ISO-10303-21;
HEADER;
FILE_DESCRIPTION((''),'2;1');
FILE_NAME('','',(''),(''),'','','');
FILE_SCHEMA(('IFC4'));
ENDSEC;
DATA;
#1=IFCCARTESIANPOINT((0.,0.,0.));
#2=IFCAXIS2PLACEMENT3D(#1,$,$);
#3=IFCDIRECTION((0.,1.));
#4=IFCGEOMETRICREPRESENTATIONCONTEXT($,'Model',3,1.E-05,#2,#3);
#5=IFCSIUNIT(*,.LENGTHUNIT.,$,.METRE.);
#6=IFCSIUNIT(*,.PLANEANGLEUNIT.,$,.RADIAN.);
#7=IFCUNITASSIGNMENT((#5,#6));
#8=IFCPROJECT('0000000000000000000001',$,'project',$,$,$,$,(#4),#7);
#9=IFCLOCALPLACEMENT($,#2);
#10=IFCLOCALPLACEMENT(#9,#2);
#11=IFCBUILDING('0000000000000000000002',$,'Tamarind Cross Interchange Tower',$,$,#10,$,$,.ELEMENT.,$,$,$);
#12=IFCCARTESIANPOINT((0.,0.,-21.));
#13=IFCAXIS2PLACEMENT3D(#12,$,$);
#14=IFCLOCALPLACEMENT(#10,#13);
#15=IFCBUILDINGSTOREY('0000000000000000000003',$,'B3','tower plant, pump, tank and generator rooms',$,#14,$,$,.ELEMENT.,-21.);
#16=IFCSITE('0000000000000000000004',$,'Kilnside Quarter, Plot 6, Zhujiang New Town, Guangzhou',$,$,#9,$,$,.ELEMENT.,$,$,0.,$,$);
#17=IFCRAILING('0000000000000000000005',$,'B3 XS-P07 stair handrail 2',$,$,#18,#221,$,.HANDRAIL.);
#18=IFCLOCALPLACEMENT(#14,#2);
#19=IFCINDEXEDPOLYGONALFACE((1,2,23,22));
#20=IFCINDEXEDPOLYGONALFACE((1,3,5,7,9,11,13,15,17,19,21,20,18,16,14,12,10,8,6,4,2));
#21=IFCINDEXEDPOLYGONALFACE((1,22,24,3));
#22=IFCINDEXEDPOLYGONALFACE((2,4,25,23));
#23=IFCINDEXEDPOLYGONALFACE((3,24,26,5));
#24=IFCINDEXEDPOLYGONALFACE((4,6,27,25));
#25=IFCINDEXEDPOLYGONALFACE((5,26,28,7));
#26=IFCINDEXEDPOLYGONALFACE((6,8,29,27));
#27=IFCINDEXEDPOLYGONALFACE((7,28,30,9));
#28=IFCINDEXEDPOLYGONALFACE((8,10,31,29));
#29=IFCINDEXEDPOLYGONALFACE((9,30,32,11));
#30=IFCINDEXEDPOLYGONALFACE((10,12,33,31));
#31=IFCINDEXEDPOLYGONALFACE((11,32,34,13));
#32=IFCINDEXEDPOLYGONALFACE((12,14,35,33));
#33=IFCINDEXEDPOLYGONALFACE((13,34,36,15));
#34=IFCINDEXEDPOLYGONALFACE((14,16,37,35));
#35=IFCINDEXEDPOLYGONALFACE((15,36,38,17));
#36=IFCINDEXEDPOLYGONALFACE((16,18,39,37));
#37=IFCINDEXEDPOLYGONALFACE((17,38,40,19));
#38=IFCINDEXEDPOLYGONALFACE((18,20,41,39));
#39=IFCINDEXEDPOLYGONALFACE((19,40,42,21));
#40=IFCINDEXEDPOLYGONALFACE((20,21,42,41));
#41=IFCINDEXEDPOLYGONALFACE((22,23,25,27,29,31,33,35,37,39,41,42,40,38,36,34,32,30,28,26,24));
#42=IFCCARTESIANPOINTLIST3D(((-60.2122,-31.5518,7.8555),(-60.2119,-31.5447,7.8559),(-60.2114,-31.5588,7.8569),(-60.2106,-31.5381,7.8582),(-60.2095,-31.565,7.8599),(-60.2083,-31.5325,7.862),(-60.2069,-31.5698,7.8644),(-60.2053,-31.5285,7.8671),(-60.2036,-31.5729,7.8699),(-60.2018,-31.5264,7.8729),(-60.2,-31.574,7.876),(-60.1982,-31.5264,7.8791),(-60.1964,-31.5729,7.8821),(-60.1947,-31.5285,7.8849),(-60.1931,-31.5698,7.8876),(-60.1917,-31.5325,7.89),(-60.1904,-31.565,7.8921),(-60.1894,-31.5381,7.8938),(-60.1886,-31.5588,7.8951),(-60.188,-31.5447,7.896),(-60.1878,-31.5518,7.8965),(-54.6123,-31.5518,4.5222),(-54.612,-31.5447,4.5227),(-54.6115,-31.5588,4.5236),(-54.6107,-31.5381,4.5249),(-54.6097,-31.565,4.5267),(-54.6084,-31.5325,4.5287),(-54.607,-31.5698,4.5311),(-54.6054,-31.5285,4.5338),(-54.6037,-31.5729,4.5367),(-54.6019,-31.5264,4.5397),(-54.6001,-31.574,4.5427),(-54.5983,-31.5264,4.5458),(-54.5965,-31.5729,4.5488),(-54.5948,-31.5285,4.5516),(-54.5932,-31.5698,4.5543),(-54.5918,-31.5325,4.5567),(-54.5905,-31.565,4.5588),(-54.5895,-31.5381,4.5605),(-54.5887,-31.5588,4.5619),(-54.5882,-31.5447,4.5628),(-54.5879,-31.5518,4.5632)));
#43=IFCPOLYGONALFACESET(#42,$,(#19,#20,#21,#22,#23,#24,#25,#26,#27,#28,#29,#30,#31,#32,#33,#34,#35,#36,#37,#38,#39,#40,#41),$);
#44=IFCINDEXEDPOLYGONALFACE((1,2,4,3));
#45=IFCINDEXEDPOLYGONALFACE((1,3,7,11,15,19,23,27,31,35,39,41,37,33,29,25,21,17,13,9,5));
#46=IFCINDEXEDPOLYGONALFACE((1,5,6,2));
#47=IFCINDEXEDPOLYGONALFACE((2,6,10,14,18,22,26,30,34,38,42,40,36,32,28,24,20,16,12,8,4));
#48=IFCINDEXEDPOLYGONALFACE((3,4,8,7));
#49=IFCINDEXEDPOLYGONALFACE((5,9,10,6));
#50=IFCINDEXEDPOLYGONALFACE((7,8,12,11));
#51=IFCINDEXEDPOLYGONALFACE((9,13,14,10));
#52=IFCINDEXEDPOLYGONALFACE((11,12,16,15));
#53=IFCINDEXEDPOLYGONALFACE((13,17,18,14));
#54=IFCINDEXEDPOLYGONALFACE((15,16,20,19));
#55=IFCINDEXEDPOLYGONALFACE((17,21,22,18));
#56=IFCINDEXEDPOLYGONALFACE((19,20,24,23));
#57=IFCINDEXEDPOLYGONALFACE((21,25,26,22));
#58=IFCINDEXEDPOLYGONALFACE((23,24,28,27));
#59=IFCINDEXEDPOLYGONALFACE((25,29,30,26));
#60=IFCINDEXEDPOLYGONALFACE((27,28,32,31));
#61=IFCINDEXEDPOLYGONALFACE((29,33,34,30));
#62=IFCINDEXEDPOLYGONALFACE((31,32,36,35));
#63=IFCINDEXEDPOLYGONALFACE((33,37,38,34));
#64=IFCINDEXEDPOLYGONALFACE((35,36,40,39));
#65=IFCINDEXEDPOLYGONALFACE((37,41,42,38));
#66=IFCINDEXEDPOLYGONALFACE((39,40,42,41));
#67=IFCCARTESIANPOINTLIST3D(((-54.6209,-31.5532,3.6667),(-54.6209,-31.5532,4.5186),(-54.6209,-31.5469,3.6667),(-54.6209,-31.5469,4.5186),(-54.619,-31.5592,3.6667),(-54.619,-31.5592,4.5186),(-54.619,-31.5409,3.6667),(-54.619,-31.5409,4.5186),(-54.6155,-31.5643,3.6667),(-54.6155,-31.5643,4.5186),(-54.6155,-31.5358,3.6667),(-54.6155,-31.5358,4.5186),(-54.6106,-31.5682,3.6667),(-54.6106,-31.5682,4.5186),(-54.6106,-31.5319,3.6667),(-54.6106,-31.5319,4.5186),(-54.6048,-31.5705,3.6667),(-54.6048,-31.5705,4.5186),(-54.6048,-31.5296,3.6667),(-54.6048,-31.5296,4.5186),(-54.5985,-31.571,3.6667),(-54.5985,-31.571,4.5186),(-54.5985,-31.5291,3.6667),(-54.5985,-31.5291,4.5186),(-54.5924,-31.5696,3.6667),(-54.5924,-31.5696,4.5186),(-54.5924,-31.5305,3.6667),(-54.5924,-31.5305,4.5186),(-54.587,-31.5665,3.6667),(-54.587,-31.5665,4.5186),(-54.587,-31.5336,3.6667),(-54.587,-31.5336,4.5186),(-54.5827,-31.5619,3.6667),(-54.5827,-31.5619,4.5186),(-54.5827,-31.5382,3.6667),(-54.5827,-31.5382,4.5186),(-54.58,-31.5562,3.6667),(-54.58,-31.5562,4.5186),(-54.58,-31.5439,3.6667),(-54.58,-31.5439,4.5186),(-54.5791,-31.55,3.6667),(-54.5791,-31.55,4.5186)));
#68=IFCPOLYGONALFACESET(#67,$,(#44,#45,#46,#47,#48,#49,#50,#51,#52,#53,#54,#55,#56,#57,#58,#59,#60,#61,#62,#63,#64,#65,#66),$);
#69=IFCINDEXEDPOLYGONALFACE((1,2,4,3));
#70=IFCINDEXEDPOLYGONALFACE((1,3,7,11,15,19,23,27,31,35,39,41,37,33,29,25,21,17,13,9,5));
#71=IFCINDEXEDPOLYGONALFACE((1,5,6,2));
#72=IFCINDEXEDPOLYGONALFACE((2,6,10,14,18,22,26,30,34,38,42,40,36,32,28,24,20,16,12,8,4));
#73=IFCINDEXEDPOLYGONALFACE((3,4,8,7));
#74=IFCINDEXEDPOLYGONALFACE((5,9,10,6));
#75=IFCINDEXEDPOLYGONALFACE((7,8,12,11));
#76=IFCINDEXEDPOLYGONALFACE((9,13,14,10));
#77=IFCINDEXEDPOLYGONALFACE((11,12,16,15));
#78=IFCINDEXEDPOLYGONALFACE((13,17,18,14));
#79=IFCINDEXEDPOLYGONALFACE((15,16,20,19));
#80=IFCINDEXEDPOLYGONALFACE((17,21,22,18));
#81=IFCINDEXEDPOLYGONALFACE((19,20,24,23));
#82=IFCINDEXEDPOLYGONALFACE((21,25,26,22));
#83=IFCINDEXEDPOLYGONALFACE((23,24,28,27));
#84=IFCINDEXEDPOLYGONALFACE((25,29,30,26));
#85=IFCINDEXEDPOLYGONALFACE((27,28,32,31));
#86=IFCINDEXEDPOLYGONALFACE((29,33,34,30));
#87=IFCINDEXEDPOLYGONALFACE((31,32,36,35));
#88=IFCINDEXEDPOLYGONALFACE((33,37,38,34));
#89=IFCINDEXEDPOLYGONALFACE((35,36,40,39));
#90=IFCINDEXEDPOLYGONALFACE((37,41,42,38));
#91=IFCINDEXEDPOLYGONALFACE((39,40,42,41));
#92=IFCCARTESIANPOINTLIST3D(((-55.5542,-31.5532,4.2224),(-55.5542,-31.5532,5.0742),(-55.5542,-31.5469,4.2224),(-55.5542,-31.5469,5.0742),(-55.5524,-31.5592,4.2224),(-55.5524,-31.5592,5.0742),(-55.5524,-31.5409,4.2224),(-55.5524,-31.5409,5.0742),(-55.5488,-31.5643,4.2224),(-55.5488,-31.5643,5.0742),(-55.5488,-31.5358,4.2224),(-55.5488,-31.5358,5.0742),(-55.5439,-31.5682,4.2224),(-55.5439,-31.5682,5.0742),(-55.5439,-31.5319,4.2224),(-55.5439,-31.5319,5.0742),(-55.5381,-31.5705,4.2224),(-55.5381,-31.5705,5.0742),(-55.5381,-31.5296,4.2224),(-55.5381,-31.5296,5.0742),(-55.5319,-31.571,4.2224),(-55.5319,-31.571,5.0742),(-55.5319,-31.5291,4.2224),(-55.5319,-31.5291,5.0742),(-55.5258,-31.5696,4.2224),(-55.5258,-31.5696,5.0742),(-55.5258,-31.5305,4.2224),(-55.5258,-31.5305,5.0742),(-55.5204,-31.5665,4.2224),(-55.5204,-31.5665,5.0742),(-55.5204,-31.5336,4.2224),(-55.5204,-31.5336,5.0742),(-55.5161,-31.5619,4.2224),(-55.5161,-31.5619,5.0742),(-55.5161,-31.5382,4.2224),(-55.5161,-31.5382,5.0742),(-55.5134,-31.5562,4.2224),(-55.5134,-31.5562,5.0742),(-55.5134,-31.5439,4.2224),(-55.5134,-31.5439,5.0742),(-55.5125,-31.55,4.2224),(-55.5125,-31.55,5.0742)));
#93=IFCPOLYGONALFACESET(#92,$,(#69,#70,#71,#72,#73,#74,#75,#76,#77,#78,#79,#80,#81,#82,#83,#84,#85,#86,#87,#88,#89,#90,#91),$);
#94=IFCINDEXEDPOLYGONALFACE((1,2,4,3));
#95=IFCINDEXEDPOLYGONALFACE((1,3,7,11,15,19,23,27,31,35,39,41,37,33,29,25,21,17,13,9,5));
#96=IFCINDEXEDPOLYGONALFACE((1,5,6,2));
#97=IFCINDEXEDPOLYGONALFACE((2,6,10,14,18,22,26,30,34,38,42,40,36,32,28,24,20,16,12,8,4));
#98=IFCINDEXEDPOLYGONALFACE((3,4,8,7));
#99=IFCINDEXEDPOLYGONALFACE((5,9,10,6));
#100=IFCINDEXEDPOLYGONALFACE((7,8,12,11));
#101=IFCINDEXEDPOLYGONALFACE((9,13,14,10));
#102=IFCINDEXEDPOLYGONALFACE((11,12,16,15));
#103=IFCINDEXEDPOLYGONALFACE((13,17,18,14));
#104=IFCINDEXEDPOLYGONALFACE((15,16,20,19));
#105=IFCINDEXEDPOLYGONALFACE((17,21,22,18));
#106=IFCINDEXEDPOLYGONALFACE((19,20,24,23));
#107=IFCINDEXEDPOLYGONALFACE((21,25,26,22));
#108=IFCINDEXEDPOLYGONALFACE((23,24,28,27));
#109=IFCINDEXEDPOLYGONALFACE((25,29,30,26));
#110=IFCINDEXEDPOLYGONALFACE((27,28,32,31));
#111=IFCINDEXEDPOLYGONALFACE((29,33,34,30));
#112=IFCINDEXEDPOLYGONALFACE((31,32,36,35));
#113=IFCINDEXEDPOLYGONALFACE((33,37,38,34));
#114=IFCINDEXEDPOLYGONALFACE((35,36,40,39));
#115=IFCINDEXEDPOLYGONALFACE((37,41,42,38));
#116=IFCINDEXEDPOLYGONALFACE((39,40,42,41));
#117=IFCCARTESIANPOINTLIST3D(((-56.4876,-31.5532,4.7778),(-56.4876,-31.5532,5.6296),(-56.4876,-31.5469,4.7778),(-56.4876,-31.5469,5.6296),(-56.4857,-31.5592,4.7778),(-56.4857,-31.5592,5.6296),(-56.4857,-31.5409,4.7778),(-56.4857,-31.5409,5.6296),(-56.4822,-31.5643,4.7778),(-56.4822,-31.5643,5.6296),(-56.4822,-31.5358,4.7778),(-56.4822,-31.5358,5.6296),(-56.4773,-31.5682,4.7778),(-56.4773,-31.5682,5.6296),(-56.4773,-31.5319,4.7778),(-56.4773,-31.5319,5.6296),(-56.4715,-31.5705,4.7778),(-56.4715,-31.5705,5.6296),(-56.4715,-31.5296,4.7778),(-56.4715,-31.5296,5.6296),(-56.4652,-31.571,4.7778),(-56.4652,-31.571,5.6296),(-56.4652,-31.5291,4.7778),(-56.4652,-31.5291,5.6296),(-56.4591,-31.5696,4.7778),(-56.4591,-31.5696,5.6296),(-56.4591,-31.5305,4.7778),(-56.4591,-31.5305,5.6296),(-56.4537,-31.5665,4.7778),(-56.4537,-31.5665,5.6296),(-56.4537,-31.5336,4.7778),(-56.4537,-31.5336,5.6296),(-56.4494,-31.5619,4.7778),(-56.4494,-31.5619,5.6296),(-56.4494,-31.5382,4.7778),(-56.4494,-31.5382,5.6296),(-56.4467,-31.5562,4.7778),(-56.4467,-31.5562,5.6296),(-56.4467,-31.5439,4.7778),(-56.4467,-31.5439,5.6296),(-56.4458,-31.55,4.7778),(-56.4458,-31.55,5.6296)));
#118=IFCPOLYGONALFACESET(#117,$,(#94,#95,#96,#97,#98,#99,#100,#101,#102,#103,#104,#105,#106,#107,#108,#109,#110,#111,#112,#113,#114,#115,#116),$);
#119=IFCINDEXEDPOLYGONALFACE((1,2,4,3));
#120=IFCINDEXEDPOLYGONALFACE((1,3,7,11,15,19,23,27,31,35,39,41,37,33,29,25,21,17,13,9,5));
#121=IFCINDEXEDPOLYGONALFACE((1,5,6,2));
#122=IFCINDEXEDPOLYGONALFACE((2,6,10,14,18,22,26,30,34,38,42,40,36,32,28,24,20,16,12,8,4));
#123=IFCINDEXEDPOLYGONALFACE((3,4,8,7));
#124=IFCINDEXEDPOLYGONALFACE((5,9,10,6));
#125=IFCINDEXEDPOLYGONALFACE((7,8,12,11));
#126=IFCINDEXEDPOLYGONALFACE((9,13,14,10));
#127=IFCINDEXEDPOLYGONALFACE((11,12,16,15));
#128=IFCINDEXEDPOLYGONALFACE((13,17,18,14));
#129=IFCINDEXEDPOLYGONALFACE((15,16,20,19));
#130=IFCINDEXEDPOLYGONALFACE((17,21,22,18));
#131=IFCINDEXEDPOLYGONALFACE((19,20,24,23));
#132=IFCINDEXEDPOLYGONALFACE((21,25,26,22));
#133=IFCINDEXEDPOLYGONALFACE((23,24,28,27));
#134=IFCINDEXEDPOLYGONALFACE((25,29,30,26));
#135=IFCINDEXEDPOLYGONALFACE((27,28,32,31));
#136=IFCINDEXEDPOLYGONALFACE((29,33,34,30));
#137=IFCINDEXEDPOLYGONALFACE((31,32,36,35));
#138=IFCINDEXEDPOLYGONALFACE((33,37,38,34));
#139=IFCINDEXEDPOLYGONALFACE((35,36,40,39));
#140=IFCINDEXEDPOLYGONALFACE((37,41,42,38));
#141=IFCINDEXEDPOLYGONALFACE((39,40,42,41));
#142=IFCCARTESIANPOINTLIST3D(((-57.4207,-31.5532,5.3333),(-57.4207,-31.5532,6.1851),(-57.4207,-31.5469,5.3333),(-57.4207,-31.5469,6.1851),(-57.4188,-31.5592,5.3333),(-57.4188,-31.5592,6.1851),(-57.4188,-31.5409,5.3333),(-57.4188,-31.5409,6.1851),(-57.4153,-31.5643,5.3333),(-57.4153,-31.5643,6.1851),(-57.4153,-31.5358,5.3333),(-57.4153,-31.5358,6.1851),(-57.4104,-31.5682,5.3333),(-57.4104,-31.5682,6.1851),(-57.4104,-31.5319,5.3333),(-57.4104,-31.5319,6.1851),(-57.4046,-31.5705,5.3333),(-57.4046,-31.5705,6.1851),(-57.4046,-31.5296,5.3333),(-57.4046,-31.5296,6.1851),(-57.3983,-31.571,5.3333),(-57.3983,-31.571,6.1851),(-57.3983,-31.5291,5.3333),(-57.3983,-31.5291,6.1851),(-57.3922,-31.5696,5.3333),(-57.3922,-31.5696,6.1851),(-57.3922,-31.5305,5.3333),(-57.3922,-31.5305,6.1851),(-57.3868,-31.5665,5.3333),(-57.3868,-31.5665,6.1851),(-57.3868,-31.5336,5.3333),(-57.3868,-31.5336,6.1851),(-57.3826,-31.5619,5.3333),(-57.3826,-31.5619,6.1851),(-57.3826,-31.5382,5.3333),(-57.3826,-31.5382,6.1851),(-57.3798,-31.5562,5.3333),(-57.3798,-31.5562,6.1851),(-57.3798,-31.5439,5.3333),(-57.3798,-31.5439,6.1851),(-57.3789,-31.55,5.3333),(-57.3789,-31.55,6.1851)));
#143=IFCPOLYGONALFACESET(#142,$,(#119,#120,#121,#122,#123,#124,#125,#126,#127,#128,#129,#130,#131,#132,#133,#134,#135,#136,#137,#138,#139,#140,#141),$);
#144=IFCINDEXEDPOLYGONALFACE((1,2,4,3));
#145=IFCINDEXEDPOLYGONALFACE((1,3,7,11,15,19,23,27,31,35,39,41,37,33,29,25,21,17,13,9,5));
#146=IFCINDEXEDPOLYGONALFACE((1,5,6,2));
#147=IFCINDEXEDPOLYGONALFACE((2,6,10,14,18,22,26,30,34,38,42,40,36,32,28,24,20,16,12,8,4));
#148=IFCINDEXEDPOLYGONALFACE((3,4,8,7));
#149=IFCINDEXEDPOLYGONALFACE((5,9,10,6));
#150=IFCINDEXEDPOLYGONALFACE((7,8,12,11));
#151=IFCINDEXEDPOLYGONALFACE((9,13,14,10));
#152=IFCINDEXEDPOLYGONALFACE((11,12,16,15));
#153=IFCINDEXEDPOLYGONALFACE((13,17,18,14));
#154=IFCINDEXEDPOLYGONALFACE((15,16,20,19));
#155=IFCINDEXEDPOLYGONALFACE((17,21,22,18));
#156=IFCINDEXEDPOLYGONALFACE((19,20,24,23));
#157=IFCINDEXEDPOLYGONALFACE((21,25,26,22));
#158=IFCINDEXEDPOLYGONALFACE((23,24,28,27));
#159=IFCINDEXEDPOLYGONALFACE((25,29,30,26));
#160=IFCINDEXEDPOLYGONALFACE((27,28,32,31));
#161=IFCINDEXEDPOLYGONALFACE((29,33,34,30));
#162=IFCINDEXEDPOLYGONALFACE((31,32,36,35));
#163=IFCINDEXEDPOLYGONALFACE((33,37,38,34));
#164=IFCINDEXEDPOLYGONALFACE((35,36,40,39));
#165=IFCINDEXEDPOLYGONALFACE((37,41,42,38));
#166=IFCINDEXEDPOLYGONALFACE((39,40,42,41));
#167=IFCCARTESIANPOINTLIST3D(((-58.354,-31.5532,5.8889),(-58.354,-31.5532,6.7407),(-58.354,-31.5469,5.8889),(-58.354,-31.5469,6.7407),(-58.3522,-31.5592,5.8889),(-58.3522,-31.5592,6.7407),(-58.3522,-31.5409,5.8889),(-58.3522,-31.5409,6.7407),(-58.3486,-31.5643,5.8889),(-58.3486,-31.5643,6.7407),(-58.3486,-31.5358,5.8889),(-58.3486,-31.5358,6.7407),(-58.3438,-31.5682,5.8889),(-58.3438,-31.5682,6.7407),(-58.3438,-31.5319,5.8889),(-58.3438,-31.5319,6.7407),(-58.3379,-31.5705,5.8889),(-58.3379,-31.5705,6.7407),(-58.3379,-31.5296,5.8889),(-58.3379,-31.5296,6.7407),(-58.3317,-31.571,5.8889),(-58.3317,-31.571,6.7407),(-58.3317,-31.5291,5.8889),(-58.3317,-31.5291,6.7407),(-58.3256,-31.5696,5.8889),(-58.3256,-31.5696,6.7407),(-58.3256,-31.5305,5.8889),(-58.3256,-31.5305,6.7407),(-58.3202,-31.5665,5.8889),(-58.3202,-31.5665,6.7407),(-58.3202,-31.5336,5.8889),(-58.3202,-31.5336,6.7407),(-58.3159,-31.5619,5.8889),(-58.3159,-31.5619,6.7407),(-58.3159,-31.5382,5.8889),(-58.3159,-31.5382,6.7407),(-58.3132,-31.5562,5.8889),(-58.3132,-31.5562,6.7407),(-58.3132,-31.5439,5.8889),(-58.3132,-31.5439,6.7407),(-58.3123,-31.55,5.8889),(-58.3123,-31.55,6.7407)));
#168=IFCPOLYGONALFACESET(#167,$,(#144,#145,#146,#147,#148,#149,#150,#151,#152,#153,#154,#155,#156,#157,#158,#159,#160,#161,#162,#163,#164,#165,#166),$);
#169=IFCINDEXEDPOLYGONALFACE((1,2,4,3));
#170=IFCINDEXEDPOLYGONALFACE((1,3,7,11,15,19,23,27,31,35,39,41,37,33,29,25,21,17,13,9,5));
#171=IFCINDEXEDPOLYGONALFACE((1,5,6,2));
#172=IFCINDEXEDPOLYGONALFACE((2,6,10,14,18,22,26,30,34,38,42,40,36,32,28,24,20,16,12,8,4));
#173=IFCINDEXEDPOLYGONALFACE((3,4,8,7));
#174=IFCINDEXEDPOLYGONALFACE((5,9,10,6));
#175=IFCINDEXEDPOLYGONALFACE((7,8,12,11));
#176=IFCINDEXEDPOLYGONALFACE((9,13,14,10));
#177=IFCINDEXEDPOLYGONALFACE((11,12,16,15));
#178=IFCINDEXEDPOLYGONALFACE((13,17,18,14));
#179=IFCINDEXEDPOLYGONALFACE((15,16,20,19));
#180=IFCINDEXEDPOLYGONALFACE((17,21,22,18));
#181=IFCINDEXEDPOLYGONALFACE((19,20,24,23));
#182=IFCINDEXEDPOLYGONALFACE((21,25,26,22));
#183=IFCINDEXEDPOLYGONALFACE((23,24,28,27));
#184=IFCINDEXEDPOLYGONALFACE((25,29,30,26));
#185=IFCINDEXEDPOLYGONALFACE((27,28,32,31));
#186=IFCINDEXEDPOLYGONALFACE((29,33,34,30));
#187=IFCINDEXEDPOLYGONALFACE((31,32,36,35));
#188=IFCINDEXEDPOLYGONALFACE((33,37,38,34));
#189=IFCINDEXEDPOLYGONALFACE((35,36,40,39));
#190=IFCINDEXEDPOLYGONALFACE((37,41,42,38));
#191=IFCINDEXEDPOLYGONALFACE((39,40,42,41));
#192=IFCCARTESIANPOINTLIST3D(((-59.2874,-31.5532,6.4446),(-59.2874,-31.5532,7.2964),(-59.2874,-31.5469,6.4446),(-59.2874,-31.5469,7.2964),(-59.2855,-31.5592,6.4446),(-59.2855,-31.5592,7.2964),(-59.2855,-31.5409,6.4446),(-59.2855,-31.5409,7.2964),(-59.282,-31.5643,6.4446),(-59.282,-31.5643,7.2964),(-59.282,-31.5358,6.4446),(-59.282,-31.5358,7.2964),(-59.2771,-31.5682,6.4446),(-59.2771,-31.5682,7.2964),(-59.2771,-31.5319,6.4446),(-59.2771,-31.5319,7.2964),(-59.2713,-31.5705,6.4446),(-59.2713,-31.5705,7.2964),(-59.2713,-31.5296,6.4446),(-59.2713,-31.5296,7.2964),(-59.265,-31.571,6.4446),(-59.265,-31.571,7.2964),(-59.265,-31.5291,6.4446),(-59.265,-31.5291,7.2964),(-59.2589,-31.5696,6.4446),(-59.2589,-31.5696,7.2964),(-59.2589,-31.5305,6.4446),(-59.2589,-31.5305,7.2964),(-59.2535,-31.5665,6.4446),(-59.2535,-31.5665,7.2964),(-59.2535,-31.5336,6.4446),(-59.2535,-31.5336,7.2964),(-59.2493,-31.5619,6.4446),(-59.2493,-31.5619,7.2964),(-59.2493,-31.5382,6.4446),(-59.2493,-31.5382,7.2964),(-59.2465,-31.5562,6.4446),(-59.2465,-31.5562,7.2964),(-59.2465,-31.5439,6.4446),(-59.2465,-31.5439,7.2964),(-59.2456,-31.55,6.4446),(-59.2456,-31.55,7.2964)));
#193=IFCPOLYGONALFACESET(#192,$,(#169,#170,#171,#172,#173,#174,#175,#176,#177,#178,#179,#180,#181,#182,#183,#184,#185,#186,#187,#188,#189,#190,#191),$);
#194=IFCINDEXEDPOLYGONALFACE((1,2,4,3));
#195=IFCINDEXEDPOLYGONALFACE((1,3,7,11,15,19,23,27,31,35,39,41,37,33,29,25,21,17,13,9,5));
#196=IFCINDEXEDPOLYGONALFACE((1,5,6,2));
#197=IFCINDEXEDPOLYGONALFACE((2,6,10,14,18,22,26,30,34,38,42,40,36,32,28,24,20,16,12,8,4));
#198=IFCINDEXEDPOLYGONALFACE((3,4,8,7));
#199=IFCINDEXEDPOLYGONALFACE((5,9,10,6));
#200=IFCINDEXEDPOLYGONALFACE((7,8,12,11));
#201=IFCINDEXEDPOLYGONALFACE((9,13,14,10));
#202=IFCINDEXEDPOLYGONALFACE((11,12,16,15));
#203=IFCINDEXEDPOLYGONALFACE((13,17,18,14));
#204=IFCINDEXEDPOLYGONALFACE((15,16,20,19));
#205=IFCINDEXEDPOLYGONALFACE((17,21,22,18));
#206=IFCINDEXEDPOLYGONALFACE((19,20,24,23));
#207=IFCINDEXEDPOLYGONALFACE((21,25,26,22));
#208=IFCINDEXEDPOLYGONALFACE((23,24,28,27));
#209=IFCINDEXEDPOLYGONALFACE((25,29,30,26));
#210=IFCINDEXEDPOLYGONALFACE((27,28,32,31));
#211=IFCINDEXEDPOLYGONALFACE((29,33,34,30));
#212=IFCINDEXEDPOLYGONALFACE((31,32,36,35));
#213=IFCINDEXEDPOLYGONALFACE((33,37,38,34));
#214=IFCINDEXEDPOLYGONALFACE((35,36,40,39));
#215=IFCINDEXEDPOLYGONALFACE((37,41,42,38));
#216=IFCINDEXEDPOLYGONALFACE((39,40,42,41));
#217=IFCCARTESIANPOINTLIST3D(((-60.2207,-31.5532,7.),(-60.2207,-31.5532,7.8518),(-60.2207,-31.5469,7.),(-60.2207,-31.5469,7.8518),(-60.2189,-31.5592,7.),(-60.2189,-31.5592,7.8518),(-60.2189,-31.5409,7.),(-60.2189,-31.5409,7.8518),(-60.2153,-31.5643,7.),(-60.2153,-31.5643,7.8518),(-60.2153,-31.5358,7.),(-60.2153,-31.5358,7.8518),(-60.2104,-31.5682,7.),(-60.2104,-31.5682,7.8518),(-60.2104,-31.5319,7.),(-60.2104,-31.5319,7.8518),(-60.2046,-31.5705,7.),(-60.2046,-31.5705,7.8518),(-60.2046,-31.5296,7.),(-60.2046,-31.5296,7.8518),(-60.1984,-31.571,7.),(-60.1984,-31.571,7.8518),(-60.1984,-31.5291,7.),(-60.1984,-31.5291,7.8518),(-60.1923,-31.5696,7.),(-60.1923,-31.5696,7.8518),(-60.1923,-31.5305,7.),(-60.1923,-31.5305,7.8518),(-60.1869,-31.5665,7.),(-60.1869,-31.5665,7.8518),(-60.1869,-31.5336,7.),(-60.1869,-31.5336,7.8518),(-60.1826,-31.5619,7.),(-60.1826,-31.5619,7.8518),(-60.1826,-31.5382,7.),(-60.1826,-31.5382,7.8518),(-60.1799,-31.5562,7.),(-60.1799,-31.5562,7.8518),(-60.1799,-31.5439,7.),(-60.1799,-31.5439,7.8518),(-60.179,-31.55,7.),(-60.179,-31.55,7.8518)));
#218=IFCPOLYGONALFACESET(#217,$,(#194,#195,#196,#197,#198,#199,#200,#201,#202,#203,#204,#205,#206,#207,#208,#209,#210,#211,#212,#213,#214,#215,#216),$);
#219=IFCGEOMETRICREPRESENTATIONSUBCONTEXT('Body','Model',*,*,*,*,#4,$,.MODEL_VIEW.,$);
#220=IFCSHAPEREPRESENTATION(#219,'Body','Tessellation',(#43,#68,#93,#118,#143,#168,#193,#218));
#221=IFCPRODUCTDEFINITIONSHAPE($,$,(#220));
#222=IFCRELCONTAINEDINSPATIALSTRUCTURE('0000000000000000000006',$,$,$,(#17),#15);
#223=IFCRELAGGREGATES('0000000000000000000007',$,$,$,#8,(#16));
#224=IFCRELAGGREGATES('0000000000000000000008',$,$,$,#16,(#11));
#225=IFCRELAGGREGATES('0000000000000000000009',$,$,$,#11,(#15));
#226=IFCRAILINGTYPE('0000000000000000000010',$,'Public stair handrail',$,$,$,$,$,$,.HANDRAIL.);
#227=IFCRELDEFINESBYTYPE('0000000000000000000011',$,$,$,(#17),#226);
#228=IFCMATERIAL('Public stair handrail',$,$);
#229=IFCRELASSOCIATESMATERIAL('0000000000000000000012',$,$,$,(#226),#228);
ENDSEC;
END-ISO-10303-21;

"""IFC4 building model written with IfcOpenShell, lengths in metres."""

from ifc_helpers import new_model, si_unit, direction, frame, origin, origin_2d, place, context, subcontext, project, spatial, circle, extrude, material, type_object, element, save


model = new_model("IFC4")

# Units and contexts
model_context = context("Model", 3, precision=1e-05, world=origin(), true_north=direction((0.0, 1.0)))
body_context = subcontext(model_context, "Body", "Model", "MODEL_VIEW")
ifc_project = project(units=[si_unit("LENGTHUNIT", "METRE"), si_unit("PLANEANGLEUNIT", "RADIAN")], contexts=[model_context])

# Site, building, storey
site_placement = place(None, origin())
site = spatial("IfcSite", under=ifc_project, at=site_placement, Name="Kilnside Quarter, Plot 6, Zhujiang New Town, Guangzhou", CompositionType="ELEMENT", RefElevation=0.0)
building_placement = place(site_placement, origin())
building = spatial("IfcBuilding", under=site, at=building_placement, Name="Tamarind Cross Interchange Tower", CompositionType="ELEMENT")
storey_placement = place(building_placement, frame((0.0, 0.0, -21.0)))
storey = spatial("IfcBuildingStorey", under=building, at=storey_placement, Name="B3", Description="tower plant, pump, tank and generator rooms", CompositionType="ELEMENT", Elevation=-21.0)

# Railing
ifc_material_1 = material(Name="Public stair handrail")
railing_type_1 = type_object("IfcRailingType", Name="Public stair handrail", PredefinedType="HANDRAIL", material=ifc_material_1)
railing_1_placement = place(storey_placement, frame((-54.6001, -31.55, 3.6667)))
element("IfcRailing", 1, at=railing_1_placement, inside=storey, type_object=railing_type_1, Name="B3 XS-P07 stair handrail 2", PredefinedType="HANDRAIL", context=body_context, shape_type="SweptSolid", body=[
    extrude(circle(Radius=0.0239, at=origin_2d()), frame((0.0, 0.0, 0.876), z_axis=(-0.859292, 0.0, 0.511485), x_axis=(0.0, -1.0, 0.0)), (0.0, 0.0, 1.0), 6.5168),
    extrude(circle(Radius=0.021, at=origin_2d()), origin(), (0.0, 0.0, 1.0), 0.8518),
    extrude(circle(Radius=0.021, at=origin_2d()), frame((-0.9333, 0.0, 0.5557)), (0.0, 0.0, 1.0), 0.8518),
    extrude(circle(Radius=0.021, at=origin_2d()), frame((-1.8667, 0.0, 1.1111)), (0.0, 0.0, 1.0), 0.8518),
    extrude(circle(Radius=0.021, at=origin_2d()), frame((-2.7998, 0.0, 1.6665)), (0.0, 0.0, 1.0), 0.8518),
    extrude(circle(Radius=0.021, at=origin_2d()), frame((-3.7332, 0.0, 2.2222)), (0.0, 0.0, 1.0), 0.8518),
    extrude(circle(Radius=0.021, at=origin_2d()), frame((-4.6665, 0.0, 2.7778)), (0.0, 0.0, 1.0), 0.8518),
    extrude(circle(Radius=0.021, at=origin_2d()), frame((-5.5999, 0.0, 3.3333)), (0.0, 0.0, 1.0), 0.8518),
])

save(model, "model.ifc")
